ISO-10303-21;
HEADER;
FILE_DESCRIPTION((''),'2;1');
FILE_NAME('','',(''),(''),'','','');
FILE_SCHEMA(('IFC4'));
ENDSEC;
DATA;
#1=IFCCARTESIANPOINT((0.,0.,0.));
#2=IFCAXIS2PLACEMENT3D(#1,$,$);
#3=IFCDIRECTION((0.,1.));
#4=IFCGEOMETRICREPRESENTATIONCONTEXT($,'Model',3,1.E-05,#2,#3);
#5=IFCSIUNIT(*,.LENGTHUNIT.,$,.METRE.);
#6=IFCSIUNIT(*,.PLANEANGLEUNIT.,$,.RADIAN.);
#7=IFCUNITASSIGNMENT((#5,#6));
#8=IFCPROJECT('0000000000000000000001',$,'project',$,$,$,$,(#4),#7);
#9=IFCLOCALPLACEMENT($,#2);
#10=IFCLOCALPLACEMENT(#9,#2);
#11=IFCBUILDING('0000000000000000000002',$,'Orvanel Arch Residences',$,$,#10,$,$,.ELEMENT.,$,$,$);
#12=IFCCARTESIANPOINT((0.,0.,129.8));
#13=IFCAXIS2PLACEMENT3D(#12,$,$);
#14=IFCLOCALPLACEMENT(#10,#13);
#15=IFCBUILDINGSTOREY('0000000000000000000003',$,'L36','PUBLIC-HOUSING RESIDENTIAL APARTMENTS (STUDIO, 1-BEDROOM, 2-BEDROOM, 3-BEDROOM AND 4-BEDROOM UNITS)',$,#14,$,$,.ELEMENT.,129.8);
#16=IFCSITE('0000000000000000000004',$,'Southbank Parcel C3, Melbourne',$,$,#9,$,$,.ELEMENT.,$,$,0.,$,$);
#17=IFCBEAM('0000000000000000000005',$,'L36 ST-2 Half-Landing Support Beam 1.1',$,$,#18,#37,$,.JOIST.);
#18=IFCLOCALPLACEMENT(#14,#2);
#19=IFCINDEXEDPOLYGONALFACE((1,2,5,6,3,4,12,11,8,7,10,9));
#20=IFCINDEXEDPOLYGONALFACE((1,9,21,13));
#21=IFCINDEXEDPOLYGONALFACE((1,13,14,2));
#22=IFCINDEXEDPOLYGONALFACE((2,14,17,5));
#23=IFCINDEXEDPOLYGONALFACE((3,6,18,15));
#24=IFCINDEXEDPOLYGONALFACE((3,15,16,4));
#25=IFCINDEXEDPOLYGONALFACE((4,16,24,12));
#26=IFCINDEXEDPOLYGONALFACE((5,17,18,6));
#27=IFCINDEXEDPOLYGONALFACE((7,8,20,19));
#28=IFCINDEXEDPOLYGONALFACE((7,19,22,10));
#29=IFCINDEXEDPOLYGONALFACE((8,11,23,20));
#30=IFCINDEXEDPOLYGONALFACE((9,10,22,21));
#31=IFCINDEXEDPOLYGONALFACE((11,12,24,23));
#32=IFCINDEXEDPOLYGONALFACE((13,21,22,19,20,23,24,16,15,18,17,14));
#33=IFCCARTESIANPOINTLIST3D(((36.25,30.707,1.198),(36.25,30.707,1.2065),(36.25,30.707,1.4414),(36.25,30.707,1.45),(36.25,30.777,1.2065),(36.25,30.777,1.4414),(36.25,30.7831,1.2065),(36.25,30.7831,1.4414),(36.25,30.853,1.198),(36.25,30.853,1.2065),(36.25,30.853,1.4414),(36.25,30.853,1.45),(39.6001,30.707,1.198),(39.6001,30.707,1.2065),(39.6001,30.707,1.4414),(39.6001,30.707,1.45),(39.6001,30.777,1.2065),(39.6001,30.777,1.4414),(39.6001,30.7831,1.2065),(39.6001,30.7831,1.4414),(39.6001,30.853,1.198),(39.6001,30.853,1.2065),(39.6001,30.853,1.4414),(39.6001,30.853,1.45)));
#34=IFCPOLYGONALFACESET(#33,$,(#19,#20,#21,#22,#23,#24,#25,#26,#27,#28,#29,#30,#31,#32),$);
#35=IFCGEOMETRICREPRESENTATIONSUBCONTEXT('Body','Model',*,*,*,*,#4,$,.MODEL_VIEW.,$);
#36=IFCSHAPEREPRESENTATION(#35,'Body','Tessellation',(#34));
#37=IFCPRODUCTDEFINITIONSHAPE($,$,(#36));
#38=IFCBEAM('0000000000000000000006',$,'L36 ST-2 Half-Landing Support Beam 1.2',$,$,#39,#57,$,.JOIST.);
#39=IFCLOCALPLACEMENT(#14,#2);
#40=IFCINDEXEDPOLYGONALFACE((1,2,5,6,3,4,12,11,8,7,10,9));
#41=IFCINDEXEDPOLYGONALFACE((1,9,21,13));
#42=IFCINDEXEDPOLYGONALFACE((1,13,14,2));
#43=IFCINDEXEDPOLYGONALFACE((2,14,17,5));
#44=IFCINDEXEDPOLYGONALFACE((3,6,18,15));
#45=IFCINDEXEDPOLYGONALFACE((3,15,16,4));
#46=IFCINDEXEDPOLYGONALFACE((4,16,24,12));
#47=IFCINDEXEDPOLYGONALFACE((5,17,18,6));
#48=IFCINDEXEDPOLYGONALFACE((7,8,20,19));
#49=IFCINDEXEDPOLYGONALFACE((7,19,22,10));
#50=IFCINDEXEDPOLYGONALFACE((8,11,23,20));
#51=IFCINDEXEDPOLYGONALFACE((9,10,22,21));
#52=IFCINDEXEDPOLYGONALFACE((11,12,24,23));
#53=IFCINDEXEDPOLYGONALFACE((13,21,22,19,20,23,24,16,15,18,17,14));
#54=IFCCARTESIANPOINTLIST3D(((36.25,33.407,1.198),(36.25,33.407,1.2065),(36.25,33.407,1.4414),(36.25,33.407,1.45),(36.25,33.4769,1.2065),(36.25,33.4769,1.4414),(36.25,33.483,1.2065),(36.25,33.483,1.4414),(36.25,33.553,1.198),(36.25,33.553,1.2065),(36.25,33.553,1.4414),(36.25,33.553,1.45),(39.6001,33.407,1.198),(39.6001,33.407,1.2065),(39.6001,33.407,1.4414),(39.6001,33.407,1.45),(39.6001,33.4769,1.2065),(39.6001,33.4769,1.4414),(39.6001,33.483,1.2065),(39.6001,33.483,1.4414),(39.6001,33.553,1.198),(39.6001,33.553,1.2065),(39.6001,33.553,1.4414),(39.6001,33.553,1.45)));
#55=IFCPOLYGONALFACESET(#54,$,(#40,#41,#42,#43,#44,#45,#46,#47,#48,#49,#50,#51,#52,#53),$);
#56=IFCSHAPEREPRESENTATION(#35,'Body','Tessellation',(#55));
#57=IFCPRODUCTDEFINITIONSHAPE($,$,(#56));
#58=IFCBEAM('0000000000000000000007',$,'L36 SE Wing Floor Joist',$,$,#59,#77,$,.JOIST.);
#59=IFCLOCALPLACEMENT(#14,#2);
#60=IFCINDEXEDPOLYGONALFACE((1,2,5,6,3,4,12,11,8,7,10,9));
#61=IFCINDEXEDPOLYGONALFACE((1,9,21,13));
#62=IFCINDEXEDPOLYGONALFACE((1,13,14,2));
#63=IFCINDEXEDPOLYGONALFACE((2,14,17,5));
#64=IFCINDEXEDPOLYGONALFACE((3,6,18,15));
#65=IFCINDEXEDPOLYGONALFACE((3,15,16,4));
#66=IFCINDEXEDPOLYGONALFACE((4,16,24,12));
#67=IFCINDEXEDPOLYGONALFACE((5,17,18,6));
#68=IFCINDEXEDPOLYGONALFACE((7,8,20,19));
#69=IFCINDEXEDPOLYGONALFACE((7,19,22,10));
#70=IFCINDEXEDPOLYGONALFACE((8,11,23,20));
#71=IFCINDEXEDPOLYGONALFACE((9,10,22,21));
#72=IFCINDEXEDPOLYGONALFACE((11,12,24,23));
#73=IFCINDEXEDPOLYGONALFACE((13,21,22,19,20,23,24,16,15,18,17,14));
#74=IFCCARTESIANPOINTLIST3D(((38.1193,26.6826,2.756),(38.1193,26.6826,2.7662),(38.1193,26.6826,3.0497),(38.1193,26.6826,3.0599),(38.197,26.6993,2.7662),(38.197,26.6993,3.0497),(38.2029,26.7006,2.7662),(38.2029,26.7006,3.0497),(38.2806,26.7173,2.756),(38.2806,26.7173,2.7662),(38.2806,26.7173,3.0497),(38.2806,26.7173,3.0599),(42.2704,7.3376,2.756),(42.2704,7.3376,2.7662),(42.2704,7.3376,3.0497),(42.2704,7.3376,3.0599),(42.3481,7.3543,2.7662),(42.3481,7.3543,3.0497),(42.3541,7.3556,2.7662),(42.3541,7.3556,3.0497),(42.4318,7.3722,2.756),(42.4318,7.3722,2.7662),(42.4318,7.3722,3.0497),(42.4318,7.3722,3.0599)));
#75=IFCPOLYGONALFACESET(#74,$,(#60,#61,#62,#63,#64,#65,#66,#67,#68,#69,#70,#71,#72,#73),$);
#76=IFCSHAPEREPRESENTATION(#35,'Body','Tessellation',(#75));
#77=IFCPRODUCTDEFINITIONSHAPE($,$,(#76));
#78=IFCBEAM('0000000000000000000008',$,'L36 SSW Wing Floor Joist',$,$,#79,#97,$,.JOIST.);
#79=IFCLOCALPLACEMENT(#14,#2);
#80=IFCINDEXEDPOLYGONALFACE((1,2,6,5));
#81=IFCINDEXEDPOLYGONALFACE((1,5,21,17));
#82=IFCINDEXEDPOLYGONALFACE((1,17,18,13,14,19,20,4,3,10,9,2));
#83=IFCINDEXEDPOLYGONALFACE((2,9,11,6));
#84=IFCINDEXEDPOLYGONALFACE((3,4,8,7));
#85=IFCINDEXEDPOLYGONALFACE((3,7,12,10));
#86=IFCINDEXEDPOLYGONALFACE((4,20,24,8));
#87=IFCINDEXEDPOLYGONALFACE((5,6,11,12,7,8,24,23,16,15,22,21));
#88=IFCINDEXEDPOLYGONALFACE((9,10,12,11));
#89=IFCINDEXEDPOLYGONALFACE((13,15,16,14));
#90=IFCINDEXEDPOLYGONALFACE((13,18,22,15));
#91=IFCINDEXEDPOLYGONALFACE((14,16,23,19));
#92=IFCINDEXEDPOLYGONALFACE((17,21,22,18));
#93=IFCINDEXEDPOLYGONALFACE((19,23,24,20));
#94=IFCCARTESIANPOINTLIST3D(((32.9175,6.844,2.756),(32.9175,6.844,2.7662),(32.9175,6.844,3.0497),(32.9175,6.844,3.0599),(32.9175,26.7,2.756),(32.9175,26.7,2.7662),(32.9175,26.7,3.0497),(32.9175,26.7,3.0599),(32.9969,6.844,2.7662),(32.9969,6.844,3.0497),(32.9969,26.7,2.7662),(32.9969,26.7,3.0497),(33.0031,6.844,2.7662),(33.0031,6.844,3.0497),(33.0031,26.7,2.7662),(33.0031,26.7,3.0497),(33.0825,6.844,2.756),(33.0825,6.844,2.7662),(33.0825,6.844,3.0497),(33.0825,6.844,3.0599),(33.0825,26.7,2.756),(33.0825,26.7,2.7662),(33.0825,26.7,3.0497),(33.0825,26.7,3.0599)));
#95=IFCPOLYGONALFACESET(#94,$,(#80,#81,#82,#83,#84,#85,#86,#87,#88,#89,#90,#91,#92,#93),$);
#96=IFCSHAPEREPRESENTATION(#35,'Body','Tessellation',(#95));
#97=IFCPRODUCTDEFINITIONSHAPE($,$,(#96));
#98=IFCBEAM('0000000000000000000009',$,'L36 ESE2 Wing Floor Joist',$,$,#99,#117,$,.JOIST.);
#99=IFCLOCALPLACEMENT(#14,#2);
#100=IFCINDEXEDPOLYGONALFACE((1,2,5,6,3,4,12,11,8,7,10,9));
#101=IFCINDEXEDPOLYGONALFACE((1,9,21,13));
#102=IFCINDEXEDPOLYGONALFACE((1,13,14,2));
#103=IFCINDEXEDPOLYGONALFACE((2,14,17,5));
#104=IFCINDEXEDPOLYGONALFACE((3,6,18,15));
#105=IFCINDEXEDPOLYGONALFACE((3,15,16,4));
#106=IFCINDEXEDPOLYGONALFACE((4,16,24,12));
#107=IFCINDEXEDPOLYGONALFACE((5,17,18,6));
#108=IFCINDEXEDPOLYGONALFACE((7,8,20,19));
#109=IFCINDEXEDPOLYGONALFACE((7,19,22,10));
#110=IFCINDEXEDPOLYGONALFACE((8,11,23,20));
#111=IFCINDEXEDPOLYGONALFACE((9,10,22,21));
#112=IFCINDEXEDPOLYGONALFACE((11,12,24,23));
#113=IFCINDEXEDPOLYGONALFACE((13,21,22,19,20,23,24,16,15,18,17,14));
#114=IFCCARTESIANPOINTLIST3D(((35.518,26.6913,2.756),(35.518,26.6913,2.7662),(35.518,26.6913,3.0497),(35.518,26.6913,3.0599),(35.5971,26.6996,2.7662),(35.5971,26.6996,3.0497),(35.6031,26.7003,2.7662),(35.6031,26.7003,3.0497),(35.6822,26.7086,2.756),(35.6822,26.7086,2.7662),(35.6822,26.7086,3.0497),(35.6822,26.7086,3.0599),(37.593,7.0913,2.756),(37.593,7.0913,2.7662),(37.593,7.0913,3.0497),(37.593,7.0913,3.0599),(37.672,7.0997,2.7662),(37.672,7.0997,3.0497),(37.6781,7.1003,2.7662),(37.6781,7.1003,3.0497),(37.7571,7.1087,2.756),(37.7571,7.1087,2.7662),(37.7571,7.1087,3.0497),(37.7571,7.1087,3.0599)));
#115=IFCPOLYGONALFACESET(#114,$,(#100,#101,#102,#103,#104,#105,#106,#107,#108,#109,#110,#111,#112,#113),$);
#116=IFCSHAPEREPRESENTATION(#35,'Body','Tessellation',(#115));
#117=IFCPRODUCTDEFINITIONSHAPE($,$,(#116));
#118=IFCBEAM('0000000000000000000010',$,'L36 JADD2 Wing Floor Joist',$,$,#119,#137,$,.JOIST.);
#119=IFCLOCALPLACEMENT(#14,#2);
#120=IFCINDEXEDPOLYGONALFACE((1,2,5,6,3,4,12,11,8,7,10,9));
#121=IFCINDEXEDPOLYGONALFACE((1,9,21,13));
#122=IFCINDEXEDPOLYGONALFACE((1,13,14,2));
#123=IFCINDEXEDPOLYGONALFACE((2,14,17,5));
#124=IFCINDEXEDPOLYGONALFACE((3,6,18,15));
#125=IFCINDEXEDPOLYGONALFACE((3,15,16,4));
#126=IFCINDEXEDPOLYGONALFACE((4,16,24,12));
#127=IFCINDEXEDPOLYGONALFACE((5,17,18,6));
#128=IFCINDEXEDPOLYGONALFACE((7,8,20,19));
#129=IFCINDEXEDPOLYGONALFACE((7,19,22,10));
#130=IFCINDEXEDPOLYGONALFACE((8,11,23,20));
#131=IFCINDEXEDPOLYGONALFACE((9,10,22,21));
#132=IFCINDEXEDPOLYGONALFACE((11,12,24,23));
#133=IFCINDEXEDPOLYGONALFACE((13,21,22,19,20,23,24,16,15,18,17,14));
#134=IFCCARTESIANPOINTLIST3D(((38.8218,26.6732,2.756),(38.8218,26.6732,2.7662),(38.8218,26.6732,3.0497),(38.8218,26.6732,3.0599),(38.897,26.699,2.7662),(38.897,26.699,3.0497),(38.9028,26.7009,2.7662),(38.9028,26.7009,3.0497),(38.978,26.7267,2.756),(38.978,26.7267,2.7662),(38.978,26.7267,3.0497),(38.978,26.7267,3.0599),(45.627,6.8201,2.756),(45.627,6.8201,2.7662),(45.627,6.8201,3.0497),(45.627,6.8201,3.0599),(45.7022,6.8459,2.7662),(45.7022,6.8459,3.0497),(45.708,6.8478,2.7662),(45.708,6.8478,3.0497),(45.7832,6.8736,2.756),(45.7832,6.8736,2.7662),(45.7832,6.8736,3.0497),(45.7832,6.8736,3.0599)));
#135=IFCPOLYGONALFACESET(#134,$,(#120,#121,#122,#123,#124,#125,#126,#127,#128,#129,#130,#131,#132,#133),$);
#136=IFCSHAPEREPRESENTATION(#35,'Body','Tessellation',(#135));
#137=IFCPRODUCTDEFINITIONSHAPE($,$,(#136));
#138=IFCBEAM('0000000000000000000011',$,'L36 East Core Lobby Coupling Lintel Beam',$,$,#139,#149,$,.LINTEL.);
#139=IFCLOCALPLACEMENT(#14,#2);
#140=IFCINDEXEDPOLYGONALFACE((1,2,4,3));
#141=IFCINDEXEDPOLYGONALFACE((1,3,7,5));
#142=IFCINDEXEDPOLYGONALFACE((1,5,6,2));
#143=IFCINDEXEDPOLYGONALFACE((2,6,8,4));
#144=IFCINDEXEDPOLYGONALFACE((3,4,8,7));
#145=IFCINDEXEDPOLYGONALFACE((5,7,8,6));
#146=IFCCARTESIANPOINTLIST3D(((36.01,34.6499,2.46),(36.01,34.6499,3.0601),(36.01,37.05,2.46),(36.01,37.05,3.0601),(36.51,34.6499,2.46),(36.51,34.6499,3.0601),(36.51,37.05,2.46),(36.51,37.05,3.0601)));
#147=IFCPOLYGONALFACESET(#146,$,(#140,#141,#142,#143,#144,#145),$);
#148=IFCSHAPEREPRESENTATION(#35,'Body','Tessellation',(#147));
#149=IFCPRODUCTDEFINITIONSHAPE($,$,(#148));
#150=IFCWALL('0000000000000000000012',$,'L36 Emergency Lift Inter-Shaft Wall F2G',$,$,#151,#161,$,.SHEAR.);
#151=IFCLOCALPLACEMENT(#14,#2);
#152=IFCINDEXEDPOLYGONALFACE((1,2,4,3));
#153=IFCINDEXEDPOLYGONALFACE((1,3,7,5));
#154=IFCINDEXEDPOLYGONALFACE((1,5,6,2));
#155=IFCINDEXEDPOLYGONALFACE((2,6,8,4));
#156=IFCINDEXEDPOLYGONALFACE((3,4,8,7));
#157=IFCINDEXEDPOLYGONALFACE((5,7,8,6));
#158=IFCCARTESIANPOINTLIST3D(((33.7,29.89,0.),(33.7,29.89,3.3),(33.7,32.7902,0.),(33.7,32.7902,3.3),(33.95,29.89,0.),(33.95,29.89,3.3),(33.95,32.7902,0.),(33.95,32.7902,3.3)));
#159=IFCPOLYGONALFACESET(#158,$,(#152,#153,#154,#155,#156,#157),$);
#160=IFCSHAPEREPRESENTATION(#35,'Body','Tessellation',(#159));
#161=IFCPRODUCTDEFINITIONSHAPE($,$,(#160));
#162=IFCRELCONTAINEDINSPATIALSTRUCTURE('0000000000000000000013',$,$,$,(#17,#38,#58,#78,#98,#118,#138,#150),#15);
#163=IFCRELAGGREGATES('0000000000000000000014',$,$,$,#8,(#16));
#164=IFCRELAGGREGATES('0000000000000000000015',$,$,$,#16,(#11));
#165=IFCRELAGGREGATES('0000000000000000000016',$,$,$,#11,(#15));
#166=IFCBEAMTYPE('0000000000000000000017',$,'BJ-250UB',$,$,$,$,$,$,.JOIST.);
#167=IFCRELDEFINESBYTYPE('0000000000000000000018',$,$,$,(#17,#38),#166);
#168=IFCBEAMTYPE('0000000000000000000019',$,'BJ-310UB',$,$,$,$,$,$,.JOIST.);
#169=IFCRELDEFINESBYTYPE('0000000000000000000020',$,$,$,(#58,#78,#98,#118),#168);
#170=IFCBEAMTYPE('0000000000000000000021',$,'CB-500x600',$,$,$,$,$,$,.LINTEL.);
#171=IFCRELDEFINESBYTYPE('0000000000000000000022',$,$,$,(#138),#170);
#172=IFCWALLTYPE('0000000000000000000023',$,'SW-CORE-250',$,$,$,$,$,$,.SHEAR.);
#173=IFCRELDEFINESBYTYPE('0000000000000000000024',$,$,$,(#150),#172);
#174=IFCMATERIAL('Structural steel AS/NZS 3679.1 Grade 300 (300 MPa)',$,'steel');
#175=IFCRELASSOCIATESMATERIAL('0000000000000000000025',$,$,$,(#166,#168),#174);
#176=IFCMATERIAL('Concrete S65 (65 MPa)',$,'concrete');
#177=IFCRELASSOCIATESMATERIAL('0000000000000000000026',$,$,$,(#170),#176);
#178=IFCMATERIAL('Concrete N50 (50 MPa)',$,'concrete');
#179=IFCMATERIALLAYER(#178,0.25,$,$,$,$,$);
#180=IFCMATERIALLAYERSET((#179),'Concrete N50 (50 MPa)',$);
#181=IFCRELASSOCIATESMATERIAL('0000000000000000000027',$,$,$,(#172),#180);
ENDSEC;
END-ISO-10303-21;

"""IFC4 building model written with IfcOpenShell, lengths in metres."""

from ifc_helpers import new_model, si_unit, direction, frame, frame_2d, origin, origin_2d, place, context, subcontext, project, spatial, rectangle, i_section, extrude, material, layer, layer_set, material_profile, profile_set, type_object, element, save


model = new_model("IFC4")

# Units and contexts
model_context = context("Model", 3, precision=1e-05, world=origin(), true_north=direction((0.0, 1.0)))
body_context = subcontext(model_context, "Body", "Model", "MODEL_VIEW")
ifc_project = project(units=[si_unit("LENGTHUNIT", "METRE"), si_unit("PLANEANGLEUNIT", "RADIAN")], contexts=[model_context])

# Site, building, storey
site_placement = place(None, origin())
site = spatial("IfcSite", under=ifc_project, at=site_placement, Name="Southbank Parcel C3, Melbourne", CompositionType="ELEMENT", RefElevation=0.0)
building_placement = place(site_placement, origin())
building = spatial("IfcBuilding", under=site, at=building_placement, Name="Orvanel Arch Residences", CompositionType="ELEMENT")
storey_placement = place(building_placement, frame((0.0, 0.0, 129.8)))
storey = spatial("IfcBuildingStorey", under=building, at=storey_placement, Name="L36", Description="PUBLIC-HOUSING RESIDENTIAL APARTMENTS (STUDIO, 1-BEDROOM, 2-BEDROOM, 3-BEDROOM AND 4-BEDROOM UNITS)", CompositionType="ELEMENT", Elevation=129.8)

# Beams
ifc_material_1 = material(Name="Structural steel AS/NZS 3679.1 Grade 300 (300 MPa)", Category="steel")
ifc_material_profile_1 = material_profile(ifc_material_1, i_section(OverallWidth=0.146, OverallDepth=0.252, WebThickness=0.0061, FlangeThickness=0.0085, at=origin_2d()), Name="250UB31.4")
ifc_profile_set_1 = profile_set([ifc_material_profile_1], Name="Structural steel AS/NZS 3679.1 Grade 300 (300 MPa)")
beam_type_1 = type_object("IfcBeamType", Name="BJ-250UB", PredefinedType="JOIST", material=ifc_profile_set_1)
for number, where, z_axis, x_axis, name in (
    (1, (36.25, 30.78, 1.324), (1.0, 0.0, 0.0), (0.0, 1.0, 0.0), "L36 ST-2 Half-Landing Support Beam 1.1"),
    (2, (36.25, 33.48, 1.324), (1.0, 0.0, 0.0), (0.0, 1.0, 0.0), "L36 ST-2 Half-Landing Support Beam 1.2"),
):
    element("IfcBeam", number, at=place(storey_placement, frame(where, z_axis=z_axis, x_axis=x_axis)), inside=storey, type_object=beam_type_1, Name=name, PredefinedType="JOIST", context=body_context, shape_type="SweptSolid", body=[
        extrude(i_section(OverallWidth=0.146, OverallDepth=0.252, WebThickness=0.0061, FlangeThickness=0.0085, at=origin_2d()), origin(), (0.0, 0.0, 1.0), 3.3501),
    ])
ifc_material_profile_2 = material_profile(ifc_material_1, i_section(OverallWidth=0.165, OverallDepth=0.304, WebThickness=0.0061, FlangeThickness=0.0103, at=origin_2d()), Name="310UB40.4")
ifc_profile_set_2 = profile_set([ifc_material_profile_2], Name="Structural steel AS/NZS 3679.1 Grade 300 (300 MPa)")
beam_type_2 = type_object("IfcBeamType", Name="BJ-310UB", PredefinedType="JOIST", material=ifc_profile_set_2)
beam_1_placement = place(storey_placement, frame((38.2, 26.7, 2.908), z_axis=(0.209808, -0.977743, 0.0), x_axis=(0.977743, 0.209808, 0.0)))
element("IfcBeam", 3, at=beam_1_placement, inside=storey, type_object=beam_type_2, Name="L36 SE Wing Floor Joist", PredefinedType="JOIST", context=body_context, shape_type="SweptSolid", body=[
    extrude(i_section(OverallWidth=0.165, OverallDepth=0.304, WebThickness=0.0061, FlangeThickness=0.0103, at=origin_2d()), origin(), (0.0, 0.0, 1.0), 19.7854),
])
beam_2_placement = place(storey_placement, frame((33.0, 26.7, 2.908), z_axis=(0.0, -1.0, 0.0), x_axis=(1.0, 0.0, 0.0)))
element("IfcBeam", 4, at=beam_2_placement, inside=storey, type_object=beam_type_2, Name="L36 SSW Wing Floor Joist", PredefinedType="JOIST", context=body_context, shape_type="SweptSolid", body=[
    extrude(i_section(OverallWidth=0.165, OverallDepth=0.304, WebThickness=0.0061, FlangeThickness=0.0103, at=origin_2d()), origin(), (0.0, 0.0, 1.0), 19.856),
])
beam_3_placement = place(storey_placement, frame((35.6001, 26.7, 2.908), z_axis=(0.105277, -0.994443, 0.0), x_axis=(0.994443, 0.105277, 0.0)))
element("IfcBeam", 5, at=beam_3_placement, inside=storey, type_object=beam_type_2, Name="L36 ESE2 Wing Floor Joist", PredefinedType="JOIST", context=body_context, shape_type="SweptSolid", body=[
    extrude(i_section(OverallWidth=0.165, OverallDepth=0.304, WebThickness=0.0061, FlangeThickness=0.0103, at=origin_2d()), origin(), (0.0, 0.0, 1.0), 19.7095),
])
beam_4_placement = place(storey_placement, frame((38.8999, 26.7, 2.908), z_axis=(0.324257, -0.945969, 0.0), x_axis=(0.945969, 0.324257, 0.0)))
element("IfcBeam", 6, at=beam_4_placement, inside=storey, type_object=beam_type_2, Name="L36 JADD2 Wing Floor Joist", PredefinedType="JOIST", context=body_context, shape_type="SweptSolid", body=[
    extrude(i_section(OverallWidth=0.165, OverallDepth=0.304, WebThickness=0.0061, FlangeThickness=0.0103, at=origin_2d()), origin(), (0.0, 0.0, 1.0), 20.9871),
])
ifc_material_2 = material(Name="Concrete S65 (65 MPa)", Category="concrete")
ifc_material_profile_3 = material_profile(ifc_material_2, rectangle(XDim=0.5, YDim=0.6001, at=origin_2d()), Name="RC500x600")
ifc_profile_set_3 = profile_set([ifc_material_profile_3], Name="Concrete S65 (65 MPa)")
beam_type_3 = type_object("IfcBeamType", Name="CB-500x600", PredefinedType="LINTEL", material=ifc_profile_set_3)
beam_5_placement = place(storey_placement, frame((36.26, 34.6499, 2.76), z_axis=(0.0, 1.0, 0.0), x_axis=(-1.0, 0.0, 0.0)))
element("IfcBeam", 7, at=beam_5_placement, inside=storey, type_object=beam_type_3, Name="L36 East Core Lobby Coupling Lintel Beam", PredefinedType="LINTEL", context=body_context, shape_type="SweptSolid", body=[
    extrude(rectangle(XDim=0.5, YDim=0.6001, at=origin_2d()), origin(), (0.0, 0.0, 1.0), 2.4001),
])

# Wall
ifc_material_3 = material(Name="Concrete N50 (50 MPa)", Category="concrete")
ifc_layer_1 = layer(ifc_material_3, 0.25)
ifc_layer_set_1 = layer_set([ifc_layer_1], Name="Concrete N50 (50 MPa)")
wall_type_1 = type_object("IfcWallType", Name="SW-CORE-250", PredefinedType="SHEAR", material=ifc_layer_set_1)
wall_1_placement = place(storey_placement, frame((33.825, 29.8899, 0.0), z_axis=(0.0, 0.0, 1.0), x_axis=(0.0, 1.0, 0.0)))
element("IfcWall", 8, at=wall_1_placement, inside=storey, type_object=wall_type_1, Name="L36 Emergency Lift Inter-Shaft Wall F2G", PredefinedType="SHEAR", context=body_context, shape_type="SweptSolid", body=[
    extrude(rectangle(XDim=2.9001, YDim=0.25, at=frame_2d((1.4502, 0.0))), origin(), (0.0, 0.0, 1.0), 3.3),
])

save(model, "model.ifc")
